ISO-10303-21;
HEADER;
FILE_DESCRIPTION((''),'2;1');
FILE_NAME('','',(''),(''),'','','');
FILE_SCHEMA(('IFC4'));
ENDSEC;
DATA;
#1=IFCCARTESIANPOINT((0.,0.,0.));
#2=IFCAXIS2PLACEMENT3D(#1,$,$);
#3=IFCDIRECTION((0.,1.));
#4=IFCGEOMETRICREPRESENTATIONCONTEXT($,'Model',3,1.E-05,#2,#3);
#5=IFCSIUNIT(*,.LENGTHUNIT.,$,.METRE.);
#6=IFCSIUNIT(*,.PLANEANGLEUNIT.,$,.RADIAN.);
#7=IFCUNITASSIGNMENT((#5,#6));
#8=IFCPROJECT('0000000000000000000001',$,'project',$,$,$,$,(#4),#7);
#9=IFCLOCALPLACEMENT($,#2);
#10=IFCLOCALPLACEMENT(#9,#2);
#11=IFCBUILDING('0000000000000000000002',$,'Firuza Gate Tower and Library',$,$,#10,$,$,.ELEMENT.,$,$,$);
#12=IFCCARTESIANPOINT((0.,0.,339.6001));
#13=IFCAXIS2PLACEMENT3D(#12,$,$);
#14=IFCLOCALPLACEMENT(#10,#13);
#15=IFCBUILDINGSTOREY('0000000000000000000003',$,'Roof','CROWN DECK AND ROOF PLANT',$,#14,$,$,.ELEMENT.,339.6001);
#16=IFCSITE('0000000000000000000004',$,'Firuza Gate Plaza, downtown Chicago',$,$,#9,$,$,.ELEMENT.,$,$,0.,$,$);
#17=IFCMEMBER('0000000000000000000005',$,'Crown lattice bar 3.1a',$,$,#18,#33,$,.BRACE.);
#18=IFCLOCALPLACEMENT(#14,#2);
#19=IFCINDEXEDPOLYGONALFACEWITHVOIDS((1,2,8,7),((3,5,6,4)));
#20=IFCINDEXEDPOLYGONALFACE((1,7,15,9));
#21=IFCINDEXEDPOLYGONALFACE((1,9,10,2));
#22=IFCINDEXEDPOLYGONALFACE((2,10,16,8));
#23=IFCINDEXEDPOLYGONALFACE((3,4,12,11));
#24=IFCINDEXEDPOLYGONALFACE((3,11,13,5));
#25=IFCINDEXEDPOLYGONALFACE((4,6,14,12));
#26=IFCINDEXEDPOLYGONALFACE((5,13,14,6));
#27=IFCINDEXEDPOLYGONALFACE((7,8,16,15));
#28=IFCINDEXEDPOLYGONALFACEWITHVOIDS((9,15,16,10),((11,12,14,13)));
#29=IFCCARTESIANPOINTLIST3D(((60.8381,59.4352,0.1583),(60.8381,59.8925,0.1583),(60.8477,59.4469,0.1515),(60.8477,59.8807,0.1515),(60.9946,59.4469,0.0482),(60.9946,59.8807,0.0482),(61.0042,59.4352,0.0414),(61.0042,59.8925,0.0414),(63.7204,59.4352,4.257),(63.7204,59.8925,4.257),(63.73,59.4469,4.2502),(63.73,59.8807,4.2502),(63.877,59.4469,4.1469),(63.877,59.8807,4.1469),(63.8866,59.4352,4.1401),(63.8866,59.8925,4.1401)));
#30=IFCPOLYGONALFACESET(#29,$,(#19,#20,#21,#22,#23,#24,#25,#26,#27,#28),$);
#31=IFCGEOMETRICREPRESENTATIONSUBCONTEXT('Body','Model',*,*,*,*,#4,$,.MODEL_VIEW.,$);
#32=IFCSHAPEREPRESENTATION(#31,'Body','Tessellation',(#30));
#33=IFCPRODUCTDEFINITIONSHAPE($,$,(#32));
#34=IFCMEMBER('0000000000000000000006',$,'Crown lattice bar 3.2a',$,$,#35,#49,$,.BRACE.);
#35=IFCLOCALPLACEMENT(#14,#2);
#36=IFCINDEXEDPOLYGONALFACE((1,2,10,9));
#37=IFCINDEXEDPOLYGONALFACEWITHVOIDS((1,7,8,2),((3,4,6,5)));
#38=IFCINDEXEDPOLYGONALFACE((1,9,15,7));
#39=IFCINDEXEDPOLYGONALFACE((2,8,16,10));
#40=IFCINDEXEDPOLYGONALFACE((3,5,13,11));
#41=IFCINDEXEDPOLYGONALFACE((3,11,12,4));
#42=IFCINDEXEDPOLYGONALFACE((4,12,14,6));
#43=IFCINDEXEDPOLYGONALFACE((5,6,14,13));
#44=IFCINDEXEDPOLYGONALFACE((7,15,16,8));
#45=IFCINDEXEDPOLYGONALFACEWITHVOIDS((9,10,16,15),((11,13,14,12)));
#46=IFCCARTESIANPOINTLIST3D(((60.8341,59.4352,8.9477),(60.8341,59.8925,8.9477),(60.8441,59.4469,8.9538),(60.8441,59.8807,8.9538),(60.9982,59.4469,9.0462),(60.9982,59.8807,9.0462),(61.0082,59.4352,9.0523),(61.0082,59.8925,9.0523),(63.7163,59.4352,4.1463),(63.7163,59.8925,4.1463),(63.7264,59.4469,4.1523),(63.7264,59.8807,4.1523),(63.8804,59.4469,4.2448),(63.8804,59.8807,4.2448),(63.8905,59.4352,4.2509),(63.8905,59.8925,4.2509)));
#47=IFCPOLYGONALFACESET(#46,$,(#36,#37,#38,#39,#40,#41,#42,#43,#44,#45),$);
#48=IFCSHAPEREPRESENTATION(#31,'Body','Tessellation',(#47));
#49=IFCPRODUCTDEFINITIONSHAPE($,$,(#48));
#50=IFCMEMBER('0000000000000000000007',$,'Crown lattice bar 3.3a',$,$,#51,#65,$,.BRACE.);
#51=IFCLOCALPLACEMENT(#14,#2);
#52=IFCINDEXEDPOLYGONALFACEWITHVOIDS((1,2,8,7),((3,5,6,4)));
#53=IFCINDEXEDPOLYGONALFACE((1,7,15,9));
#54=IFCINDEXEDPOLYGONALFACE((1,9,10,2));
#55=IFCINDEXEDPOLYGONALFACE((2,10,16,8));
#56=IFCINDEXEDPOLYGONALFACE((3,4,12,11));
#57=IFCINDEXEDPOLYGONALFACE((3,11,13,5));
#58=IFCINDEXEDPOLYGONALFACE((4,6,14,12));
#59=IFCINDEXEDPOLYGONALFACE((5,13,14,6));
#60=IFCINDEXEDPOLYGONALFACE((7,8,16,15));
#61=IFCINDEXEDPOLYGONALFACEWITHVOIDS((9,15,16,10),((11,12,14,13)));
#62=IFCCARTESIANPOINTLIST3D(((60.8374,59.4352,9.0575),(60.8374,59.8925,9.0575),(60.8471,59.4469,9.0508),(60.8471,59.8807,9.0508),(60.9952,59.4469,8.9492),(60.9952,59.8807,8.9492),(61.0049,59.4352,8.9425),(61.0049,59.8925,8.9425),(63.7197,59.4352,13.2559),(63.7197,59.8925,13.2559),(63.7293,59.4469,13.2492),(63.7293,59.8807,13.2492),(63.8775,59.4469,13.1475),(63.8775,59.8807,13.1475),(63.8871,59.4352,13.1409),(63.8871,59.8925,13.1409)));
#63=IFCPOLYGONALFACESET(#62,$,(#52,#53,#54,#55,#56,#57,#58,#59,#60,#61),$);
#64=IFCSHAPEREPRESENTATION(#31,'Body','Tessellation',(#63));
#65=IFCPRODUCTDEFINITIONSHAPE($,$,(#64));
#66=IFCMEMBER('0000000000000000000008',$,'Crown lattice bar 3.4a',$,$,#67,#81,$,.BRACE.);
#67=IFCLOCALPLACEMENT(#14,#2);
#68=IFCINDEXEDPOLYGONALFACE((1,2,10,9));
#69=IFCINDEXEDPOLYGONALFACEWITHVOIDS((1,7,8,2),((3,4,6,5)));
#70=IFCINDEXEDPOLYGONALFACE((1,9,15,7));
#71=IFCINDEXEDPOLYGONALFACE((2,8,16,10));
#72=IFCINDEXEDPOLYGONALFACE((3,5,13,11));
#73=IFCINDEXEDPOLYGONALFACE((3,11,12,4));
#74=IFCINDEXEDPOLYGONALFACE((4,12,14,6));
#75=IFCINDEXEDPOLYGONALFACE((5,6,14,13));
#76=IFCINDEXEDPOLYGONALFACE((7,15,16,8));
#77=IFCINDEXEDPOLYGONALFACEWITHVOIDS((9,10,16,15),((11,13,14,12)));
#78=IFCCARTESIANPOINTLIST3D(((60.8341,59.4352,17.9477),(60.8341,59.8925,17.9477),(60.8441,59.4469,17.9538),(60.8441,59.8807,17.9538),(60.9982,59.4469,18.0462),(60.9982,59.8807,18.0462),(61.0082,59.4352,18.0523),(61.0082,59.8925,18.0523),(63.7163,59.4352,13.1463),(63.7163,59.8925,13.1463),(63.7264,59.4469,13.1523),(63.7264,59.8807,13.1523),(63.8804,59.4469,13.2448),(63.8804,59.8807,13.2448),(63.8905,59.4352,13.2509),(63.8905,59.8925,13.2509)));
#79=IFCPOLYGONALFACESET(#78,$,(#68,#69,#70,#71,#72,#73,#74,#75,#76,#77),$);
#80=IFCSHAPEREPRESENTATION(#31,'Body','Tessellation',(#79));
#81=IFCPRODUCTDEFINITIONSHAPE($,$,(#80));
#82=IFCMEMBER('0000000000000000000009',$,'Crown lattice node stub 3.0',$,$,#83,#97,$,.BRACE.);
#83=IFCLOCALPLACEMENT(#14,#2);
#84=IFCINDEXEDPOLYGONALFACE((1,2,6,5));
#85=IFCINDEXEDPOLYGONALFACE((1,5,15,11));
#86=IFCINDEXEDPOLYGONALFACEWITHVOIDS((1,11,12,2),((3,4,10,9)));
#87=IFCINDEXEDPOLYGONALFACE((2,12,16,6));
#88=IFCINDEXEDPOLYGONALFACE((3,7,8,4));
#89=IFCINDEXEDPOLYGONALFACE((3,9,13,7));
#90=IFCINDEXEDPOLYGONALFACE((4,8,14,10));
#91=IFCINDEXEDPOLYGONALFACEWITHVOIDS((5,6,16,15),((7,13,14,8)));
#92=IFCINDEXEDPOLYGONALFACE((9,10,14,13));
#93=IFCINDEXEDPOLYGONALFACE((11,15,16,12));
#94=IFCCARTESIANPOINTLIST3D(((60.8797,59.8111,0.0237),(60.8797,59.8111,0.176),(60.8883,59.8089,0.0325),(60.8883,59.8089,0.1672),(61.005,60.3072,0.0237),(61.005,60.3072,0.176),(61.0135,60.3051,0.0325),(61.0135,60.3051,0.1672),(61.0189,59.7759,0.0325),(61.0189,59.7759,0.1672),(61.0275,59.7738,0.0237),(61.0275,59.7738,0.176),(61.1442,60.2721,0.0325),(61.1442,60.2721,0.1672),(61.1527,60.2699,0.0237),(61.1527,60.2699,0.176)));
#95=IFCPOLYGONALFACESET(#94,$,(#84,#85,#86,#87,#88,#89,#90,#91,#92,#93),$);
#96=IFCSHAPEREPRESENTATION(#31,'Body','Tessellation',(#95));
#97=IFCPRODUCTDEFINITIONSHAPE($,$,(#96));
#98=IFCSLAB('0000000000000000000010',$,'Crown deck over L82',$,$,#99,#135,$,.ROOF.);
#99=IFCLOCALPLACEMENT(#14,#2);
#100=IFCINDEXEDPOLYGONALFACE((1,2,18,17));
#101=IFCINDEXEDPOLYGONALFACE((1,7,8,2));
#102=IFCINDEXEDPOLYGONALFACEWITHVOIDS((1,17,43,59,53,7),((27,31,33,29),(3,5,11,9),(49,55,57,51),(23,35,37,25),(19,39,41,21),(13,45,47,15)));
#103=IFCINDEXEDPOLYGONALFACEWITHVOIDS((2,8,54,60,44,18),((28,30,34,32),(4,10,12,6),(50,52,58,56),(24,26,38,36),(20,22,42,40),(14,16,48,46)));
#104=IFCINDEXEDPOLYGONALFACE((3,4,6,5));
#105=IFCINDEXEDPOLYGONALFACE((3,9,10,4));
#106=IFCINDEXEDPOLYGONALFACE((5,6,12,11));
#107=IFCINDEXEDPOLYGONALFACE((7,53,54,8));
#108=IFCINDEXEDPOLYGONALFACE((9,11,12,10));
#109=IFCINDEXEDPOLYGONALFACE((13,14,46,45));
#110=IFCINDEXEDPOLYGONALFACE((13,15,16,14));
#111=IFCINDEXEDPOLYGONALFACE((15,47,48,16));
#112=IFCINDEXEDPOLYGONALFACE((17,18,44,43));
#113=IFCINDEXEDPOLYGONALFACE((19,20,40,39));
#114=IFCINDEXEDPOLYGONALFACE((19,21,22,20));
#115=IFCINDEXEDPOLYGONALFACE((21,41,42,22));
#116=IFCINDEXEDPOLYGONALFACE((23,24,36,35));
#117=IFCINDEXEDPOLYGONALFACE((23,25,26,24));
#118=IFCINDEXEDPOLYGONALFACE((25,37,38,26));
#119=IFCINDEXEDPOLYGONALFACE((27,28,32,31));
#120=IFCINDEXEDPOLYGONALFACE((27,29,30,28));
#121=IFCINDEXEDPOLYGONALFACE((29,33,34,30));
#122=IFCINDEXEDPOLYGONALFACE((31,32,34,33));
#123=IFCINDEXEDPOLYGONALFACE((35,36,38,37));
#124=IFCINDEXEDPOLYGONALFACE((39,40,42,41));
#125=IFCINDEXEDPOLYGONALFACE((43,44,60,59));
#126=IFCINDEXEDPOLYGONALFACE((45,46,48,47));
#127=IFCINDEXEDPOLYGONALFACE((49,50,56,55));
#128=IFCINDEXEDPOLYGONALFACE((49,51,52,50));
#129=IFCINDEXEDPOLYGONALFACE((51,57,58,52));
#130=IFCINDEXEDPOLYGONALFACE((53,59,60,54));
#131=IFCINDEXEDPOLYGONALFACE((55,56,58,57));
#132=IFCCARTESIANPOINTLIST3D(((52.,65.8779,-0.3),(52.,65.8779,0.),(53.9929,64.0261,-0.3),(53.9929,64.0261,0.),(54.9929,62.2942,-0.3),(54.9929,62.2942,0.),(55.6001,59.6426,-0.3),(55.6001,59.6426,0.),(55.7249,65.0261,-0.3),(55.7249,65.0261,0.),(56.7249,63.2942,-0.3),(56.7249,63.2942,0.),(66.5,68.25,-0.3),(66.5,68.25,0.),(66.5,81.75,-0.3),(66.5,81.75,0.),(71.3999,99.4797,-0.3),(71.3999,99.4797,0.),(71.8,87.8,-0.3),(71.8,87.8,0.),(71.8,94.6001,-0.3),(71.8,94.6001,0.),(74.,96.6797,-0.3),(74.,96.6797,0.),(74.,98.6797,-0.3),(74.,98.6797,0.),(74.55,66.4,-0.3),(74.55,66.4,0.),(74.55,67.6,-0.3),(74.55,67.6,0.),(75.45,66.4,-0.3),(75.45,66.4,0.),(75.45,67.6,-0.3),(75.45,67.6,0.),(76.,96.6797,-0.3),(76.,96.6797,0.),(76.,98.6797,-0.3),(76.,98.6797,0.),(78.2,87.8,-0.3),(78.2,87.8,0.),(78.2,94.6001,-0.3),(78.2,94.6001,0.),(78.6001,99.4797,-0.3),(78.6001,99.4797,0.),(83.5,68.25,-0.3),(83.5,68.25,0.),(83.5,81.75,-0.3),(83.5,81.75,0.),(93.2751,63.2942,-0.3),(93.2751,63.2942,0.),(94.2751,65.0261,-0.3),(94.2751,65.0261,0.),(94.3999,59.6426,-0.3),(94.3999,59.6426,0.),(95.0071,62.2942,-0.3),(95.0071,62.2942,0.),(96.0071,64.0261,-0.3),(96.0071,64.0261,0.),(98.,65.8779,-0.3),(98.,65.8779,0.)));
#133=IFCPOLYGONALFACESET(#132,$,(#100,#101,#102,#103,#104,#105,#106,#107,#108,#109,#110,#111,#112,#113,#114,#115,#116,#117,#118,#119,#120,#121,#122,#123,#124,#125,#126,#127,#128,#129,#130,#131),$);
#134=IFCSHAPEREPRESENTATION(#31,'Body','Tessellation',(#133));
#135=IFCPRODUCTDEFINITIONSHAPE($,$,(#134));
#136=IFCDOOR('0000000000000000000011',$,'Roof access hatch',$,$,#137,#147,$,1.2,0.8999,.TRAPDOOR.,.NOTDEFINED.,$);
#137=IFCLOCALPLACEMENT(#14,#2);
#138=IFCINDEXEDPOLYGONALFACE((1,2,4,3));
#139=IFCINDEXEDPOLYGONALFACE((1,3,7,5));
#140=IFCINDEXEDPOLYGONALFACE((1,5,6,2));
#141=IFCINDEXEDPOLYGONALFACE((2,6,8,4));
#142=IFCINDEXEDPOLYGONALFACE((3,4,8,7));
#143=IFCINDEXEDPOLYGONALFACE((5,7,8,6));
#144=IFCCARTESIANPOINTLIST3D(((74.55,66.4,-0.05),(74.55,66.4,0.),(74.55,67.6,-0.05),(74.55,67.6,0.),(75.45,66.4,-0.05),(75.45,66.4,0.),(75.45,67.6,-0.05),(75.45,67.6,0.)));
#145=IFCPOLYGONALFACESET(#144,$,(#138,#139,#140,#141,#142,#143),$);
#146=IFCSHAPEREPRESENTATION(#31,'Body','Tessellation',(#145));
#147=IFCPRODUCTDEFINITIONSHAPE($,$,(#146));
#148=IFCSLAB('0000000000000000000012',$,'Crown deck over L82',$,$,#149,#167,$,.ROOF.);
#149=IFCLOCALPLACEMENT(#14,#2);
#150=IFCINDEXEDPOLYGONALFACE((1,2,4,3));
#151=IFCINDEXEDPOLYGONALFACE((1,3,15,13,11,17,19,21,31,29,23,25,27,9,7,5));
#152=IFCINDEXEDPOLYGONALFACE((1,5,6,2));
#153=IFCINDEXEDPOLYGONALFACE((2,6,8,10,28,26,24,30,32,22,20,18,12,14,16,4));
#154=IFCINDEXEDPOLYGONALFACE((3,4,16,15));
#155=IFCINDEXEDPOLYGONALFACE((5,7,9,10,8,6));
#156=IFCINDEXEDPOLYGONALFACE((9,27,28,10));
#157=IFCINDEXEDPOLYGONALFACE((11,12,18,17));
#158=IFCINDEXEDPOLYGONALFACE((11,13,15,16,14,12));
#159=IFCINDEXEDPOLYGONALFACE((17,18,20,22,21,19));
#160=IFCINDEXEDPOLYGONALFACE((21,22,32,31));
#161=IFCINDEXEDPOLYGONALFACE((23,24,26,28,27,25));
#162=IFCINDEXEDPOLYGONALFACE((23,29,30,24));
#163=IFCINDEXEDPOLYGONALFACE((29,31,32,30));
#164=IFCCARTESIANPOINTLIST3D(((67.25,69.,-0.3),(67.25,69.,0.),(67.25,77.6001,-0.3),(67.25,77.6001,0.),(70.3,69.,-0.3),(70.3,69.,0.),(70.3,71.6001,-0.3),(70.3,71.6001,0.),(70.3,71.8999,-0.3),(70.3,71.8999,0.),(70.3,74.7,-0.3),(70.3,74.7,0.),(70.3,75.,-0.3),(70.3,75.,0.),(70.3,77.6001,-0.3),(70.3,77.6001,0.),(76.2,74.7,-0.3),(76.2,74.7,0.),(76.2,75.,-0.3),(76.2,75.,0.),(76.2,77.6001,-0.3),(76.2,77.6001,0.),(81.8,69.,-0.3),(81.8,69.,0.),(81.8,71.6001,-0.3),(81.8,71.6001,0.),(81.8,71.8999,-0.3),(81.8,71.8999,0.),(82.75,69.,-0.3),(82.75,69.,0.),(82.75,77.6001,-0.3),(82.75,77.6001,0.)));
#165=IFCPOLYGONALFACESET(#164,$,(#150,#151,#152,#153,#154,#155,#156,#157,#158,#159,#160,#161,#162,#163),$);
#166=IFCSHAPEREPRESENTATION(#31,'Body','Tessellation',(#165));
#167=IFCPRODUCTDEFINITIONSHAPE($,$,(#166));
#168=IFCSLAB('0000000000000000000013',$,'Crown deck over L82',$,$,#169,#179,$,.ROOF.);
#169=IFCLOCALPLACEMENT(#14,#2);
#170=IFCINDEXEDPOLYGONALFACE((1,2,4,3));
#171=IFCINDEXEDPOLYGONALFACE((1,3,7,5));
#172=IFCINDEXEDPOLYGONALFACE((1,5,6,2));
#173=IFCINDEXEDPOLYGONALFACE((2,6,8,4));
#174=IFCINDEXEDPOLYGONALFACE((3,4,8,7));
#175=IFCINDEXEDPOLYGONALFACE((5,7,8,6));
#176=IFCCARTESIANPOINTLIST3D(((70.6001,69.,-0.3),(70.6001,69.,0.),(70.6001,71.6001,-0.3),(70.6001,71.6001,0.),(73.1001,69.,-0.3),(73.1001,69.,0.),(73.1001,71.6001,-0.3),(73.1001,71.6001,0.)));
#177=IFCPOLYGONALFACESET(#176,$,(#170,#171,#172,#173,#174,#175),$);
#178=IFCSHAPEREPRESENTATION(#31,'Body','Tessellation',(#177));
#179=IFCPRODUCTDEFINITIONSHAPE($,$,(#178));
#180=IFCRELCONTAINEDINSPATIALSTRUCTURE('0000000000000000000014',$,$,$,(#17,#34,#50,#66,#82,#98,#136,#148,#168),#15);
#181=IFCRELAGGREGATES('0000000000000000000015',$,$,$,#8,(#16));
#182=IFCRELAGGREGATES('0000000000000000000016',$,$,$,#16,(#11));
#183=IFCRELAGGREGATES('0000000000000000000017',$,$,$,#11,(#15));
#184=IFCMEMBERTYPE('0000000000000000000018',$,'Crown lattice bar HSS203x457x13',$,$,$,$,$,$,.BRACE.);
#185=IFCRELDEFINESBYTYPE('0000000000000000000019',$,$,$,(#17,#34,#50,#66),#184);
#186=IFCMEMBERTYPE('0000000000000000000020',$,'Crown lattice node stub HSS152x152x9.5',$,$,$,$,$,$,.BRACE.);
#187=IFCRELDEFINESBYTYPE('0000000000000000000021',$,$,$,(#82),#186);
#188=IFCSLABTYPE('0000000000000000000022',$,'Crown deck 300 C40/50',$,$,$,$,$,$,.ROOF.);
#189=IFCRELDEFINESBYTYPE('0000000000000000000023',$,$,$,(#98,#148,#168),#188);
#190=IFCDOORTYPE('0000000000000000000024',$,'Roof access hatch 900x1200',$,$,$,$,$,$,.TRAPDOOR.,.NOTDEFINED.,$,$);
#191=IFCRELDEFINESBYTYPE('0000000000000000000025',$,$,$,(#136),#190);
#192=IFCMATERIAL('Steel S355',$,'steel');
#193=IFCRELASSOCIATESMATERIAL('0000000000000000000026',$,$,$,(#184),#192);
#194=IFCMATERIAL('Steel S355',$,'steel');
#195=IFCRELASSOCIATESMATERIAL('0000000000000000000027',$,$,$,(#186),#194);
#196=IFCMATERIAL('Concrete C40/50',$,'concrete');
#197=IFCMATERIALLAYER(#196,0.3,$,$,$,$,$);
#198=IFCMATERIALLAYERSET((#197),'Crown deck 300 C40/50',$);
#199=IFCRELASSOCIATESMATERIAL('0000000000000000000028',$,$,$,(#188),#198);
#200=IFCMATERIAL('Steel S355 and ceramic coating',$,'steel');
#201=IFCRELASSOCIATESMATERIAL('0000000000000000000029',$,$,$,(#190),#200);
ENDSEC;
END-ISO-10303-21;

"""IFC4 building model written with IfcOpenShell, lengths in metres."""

from ifc_helpers import new_model, si_unit, direction, frame, origin, origin_2d, place, context, subcontext, project, spatial, polyline, rectangle, hollow_rectangle, outline, extrude, material, layer, layer_set, material_profile, profile_set, type_object, element, fill, save


model = new_model("IFC4")

# Units and contexts
model_context = context("Model", 3, precision=1e-05, world=origin(), true_north=direction((0.0, 1.0)))
body_context = subcontext(model_context, "Body", "Model", "MODEL_VIEW")
ifc_project = project(units=[si_unit("LENGTHUNIT", "METRE"), si_unit("PLANEANGLEUNIT", "RADIAN")], contexts=[model_context])

# Site, building, storey
site_placement = place(None, origin())
site = spatial("IfcSite", under=ifc_project, at=site_placement, Name="Firuza Gate Plaza, downtown Chicago", CompositionType="ELEMENT", RefElevation=0.0)
building_placement = place(site_placement, origin())
building = spatial("IfcBuilding", under=site, at=building_placement, Name="Firuza Gate Tower and Library", CompositionType="ELEMENT")
storey_placement = place(building_placement, frame((0.0, 0.0, 339.6001)))
storey = spatial("IfcBuildingStorey", under=building, at=storey_placement, Name="Roof", Description="CROWN DECK AND ROOF PLANT", CompositionType="ELEMENT", Elevation=339.6001)

# Members
ifc_material_1 = material(Name="Steel S355", Category="steel")
ifc_material_profile_1 = material_profile(ifc_material_1, hollow_rectangle(XDim=0.4573, YDim=0.2031, WallThickness=0.0117, at=origin_2d()))
ifc_profile_set_1 = profile_set([ifc_material_profile_1], Name="Steel S355")
member_type_1 = type_object("IfcMemberType", Name="Crown lattice bar HSS203x457x13", PredefinedType="BRACE", material=ifc_profile_set_1)
member_1_placement = place(storey_placement, frame((60.9211, 59.6638, 0.0999), z_axis=(0.57524, 0.0, 0.817985), x_axis=(0.0, 1.0, 0.0)))
element("IfcMember", 1, at=member_1_placement, inside=storey, type_object=member_type_1, Name="Crown lattice bar 3.1a", PredefinedType="BRACE", context=body_context, shape_type="SweptSolid", body=[
    extrude(hollow_rectangle(XDim=0.4573, YDim=0.2031, WallThickness=0.0117, at=origin_2d()), origin(), (0.0, 0.0, 1.0), 5.0107),
])
member_2_placement = place(storey_placement, frame((60.9211, 59.6638, 9.0), z_axis=(0.514682, 0.0, -0.857381), x_axis=(0.0, 1.0, 0.0)))
element("IfcMember", 2, at=member_2_placement, inside=storey, type_object=member_type_1, Name="Crown lattice bar 3.2a", PredefinedType="BRACE", context=body_context, shape_type="SweptSolid", body=[
    extrude(hollow_rectangle(XDim=0.4573, YDim=0.2031, WallThickness=0.0117, at=origin_2d()), origin(), (0.0, 0.0, 1.0), 5.6001),
])
member_3_placement = place(storey_placement, frame((60.9211, 59.6638, 9.0), z_axis=(0.565977, 0.0, 0.824421), x_axis=(0.0, 1.0, 0.0)))
element("IfcMember", 3, at=member_3_placement, inside=storey, type_object=member_type_1, Name="Crown lattice bar 3.3a", PredefinedType="BRACE", context=body_context, shape_type="SweptSolid", body=[
    extrude(hollow_rectangle(XDim=0.4573, YDim=0.2031, WallThickness=0.0117, at=origin_2d()), origin(), (0.0, 0.0, 1.0), 5.0925),
])
member_4_placement = place(storey_placement, frame((60.9211, 59.6638, 18.0), z_axis=(0.514682, 0.0, -0.857381), x_axis=(0.0, 1.0, 0.0)))
element("IfcMember", 4, at=member_4_placement, inside=storey, type_object=member_type_1, Name="Crown lattice bar 3.4a", PredefinedType="BRACE", context=body_context, shape_type="SweptSolid", body=[
    extrude(hollow_rectangle(XDim=0.4573, YDim=0.2031, WallThickness=0.0117, at=origin_2d()), origin(), (0.0, 0.0, 1.0), 5.6001),
])
ifc_material_2 = material(Name="Steel S355", Category="steel")
ifc_material_profile_2 = material_profile(ifc_material_2, hollow_rectangle(XDim=0.1523, YDim=0.1523, WallThickness=0.0088, at=origin_2d()))
ifc_profile_set_2 = profile_set([ifc_material_profile_2], Name="Steel S355")
member_type_2 = type_object("IfcMemberType", Name="Crown lattice node stub HSS152x152x9.5", PredefinedType="BRACE", material=ifc_profile_set_2)
member_5_placement = place(storey_placement, frame((61.0789, 60.2886, 0.0999), z_axis=(-0.24478, -0.969579, 0.0), x_axis=(0.969579, -0.24478, 0.0)))
element("IfcMember", 5, at=member_5_placement, inside=storey, type_object=member_type_2, Name="Crown lattice node stub 3.0", PredefinedType="BRACE", context=body_context, shape_type="SweptSolid", body=[
    extrude(hollow_rectangle(XDim=0.1523, YDim=0.1523, WallThickness=0.0088, at=origin_2d()), origin(), (0.0, 0.0, 1.0), 0.5117),
])

# Slab, opening, door
ifc_material_3 = material(Name="Concrete C40/50", Category="concrete")
ifc_layer_1 = layer(ifc_material_3, 0.3)
ifc_layer_set_1 = layer_set([ifc_layer_1], Name="Crown deck 300 C40/50")
slab_type_1 = type_object("IfcSlabType", Name="Crown deck 300 C40/50", PredefinedType="ROOF", material=ifc_layer_set_1)
placement_1 = place(storey_placement, frame((0.0, 0.0, -0.3)))
slab_1 = element("IfcSlab", 6, at=placement_1, inside=storey, type_object=slab_type_1, Name="Crown deck over L82", PredefinedType="ROOF", context=body_context, shape_type="SweptSolid", body=[
    extrude(outline(polyline([(71.3999, 99.4797), (52.0, 65.8779), (55.6001, 59.6426), (94.3999, 59.6426), (98.0, 65.8779), (78.6001, 99.4797), (71.3999, 99.4797)]), holes=[polyline([(56.7249, 63.2942), (54.9929, 62.2942), (53.9929, 64.0261), (55.7249, 65.0261), (56.7249, 63.2942)]), polyline([(66.5, 69.0), (66.5, 81.0), (66.5, 81.75), (83.5, 81.75), (83.5, 81.0), (83.5, 69.0), (83.5, 68.25), (66.5, 68.25), (66.5, 69.0)]), polyline([(71.8, 88.1001), (71.8, 94.3), (71.8, 94.6001), (78.2, 94.6001), (78.2, 94.3), (78.2, 88.1001), (78.2, 88.1001), (78.2, 87.8), (71.8, 87.8), (71.8, 88.1001), (71.8, 88.1001)]), polyline([(74.0, 98.6797), (76.0, 98.6797), (76.0, 96.6797), (74.0, 96.6797), (74.0, 98.6797)]), polyline([(94.2751, 65.0261), (96.0071, 64.0261), (95.0071, 62.2942), (93.2751, 63.2942), (94.2751, 65.0261)])]), origin(), (0.0, 0.0, 1.0), 0.3),
])
opening_placement = place(placement_1, frame((75.0, 67.0, 0.0)))
opening = element("IfcOpeningElement", 7, at=opening_placement, cuts=slab_1, PredefinedType="OPENING", context=body_context, shape_type="SweptSolid", body=[
    extrude(rectangle(XDim=0.8999, YDim=1.2, at=origin_2d()), origin(), (0.0, 0.0, 1.0), 0.3),
])
ifc_material_4 = material(Name="Steel S355 and ceramic coating", Category="steel")
door_type = type_object("IfcDoorType", Name="Roof access hatch 900x1200", OperationType="NOTDEFINED", PredefinedType="TRAPDOOR", material=ifc_material_4)
door_placement = place(opening_placement, frame((0.0, 0.0, 0.25)))
door = element("IfcDoor", 8, at=door_placement, inside=storey, type_object=door_type, Name="Roof access hatch", OperationType="NOTDEFINED", OverallHeight=1.2, OverallWidth=0.8999, PredefinedType="TRAPDOOR", context=body_context, shape_type="SweptSolid", body=[
    extrude(rectangle(XDim=0.8999, YDim=1.2, at=origin_2d()), origin(), (0.0, 0.0, 1.0), 0.05),
])
fill(opening, door)

# Slabs
element("IfcSlab", 9, at=placement_1, inside=storey, type_object=slab_type_1, Name="Crown deck over L82", PredefinedType="ROOF", context=body_context, shape_type="SweptSolid", body=[
    extrude(outline(polyline([(70.3, 77.6001), (67.25, 77.6001), (67.25, 69.0), (70.3, 69.0), (70.3, 71.6001), (70.3, 71.8999), (81.8, 71.8999), (81.8, 71.6001), (81.8, 71.6001), (81.8, 69.0), (82.75, 69.0), (82.75, 77.6001), (76.2, 77.6001), (76.2, 75.0), (76.2, 74.7), (70.3, 74.7), (70.3, 75.0), (70.3, 77.6001)])), origin(), (0.0, 0.0, 1.0), 0.3),
])
element("IfcSlab", 10, at=placement_1, inside=storey, type_object=slab_type_1, Name="Crown deck over L82", PredefinedType="ROOF", context=body_context, shape_type="SweptSolid", body=[
    extrude(outline(polyline([(73.1001, 71.6001), (70.6001, 71.6001), (70.6001, 69.0), (73.1001, 69.0), (73.1001, 71.6001)])), origin(), (0.0, 0.0, 1.0), 0.3),
])

save(model, "model.ifc")
